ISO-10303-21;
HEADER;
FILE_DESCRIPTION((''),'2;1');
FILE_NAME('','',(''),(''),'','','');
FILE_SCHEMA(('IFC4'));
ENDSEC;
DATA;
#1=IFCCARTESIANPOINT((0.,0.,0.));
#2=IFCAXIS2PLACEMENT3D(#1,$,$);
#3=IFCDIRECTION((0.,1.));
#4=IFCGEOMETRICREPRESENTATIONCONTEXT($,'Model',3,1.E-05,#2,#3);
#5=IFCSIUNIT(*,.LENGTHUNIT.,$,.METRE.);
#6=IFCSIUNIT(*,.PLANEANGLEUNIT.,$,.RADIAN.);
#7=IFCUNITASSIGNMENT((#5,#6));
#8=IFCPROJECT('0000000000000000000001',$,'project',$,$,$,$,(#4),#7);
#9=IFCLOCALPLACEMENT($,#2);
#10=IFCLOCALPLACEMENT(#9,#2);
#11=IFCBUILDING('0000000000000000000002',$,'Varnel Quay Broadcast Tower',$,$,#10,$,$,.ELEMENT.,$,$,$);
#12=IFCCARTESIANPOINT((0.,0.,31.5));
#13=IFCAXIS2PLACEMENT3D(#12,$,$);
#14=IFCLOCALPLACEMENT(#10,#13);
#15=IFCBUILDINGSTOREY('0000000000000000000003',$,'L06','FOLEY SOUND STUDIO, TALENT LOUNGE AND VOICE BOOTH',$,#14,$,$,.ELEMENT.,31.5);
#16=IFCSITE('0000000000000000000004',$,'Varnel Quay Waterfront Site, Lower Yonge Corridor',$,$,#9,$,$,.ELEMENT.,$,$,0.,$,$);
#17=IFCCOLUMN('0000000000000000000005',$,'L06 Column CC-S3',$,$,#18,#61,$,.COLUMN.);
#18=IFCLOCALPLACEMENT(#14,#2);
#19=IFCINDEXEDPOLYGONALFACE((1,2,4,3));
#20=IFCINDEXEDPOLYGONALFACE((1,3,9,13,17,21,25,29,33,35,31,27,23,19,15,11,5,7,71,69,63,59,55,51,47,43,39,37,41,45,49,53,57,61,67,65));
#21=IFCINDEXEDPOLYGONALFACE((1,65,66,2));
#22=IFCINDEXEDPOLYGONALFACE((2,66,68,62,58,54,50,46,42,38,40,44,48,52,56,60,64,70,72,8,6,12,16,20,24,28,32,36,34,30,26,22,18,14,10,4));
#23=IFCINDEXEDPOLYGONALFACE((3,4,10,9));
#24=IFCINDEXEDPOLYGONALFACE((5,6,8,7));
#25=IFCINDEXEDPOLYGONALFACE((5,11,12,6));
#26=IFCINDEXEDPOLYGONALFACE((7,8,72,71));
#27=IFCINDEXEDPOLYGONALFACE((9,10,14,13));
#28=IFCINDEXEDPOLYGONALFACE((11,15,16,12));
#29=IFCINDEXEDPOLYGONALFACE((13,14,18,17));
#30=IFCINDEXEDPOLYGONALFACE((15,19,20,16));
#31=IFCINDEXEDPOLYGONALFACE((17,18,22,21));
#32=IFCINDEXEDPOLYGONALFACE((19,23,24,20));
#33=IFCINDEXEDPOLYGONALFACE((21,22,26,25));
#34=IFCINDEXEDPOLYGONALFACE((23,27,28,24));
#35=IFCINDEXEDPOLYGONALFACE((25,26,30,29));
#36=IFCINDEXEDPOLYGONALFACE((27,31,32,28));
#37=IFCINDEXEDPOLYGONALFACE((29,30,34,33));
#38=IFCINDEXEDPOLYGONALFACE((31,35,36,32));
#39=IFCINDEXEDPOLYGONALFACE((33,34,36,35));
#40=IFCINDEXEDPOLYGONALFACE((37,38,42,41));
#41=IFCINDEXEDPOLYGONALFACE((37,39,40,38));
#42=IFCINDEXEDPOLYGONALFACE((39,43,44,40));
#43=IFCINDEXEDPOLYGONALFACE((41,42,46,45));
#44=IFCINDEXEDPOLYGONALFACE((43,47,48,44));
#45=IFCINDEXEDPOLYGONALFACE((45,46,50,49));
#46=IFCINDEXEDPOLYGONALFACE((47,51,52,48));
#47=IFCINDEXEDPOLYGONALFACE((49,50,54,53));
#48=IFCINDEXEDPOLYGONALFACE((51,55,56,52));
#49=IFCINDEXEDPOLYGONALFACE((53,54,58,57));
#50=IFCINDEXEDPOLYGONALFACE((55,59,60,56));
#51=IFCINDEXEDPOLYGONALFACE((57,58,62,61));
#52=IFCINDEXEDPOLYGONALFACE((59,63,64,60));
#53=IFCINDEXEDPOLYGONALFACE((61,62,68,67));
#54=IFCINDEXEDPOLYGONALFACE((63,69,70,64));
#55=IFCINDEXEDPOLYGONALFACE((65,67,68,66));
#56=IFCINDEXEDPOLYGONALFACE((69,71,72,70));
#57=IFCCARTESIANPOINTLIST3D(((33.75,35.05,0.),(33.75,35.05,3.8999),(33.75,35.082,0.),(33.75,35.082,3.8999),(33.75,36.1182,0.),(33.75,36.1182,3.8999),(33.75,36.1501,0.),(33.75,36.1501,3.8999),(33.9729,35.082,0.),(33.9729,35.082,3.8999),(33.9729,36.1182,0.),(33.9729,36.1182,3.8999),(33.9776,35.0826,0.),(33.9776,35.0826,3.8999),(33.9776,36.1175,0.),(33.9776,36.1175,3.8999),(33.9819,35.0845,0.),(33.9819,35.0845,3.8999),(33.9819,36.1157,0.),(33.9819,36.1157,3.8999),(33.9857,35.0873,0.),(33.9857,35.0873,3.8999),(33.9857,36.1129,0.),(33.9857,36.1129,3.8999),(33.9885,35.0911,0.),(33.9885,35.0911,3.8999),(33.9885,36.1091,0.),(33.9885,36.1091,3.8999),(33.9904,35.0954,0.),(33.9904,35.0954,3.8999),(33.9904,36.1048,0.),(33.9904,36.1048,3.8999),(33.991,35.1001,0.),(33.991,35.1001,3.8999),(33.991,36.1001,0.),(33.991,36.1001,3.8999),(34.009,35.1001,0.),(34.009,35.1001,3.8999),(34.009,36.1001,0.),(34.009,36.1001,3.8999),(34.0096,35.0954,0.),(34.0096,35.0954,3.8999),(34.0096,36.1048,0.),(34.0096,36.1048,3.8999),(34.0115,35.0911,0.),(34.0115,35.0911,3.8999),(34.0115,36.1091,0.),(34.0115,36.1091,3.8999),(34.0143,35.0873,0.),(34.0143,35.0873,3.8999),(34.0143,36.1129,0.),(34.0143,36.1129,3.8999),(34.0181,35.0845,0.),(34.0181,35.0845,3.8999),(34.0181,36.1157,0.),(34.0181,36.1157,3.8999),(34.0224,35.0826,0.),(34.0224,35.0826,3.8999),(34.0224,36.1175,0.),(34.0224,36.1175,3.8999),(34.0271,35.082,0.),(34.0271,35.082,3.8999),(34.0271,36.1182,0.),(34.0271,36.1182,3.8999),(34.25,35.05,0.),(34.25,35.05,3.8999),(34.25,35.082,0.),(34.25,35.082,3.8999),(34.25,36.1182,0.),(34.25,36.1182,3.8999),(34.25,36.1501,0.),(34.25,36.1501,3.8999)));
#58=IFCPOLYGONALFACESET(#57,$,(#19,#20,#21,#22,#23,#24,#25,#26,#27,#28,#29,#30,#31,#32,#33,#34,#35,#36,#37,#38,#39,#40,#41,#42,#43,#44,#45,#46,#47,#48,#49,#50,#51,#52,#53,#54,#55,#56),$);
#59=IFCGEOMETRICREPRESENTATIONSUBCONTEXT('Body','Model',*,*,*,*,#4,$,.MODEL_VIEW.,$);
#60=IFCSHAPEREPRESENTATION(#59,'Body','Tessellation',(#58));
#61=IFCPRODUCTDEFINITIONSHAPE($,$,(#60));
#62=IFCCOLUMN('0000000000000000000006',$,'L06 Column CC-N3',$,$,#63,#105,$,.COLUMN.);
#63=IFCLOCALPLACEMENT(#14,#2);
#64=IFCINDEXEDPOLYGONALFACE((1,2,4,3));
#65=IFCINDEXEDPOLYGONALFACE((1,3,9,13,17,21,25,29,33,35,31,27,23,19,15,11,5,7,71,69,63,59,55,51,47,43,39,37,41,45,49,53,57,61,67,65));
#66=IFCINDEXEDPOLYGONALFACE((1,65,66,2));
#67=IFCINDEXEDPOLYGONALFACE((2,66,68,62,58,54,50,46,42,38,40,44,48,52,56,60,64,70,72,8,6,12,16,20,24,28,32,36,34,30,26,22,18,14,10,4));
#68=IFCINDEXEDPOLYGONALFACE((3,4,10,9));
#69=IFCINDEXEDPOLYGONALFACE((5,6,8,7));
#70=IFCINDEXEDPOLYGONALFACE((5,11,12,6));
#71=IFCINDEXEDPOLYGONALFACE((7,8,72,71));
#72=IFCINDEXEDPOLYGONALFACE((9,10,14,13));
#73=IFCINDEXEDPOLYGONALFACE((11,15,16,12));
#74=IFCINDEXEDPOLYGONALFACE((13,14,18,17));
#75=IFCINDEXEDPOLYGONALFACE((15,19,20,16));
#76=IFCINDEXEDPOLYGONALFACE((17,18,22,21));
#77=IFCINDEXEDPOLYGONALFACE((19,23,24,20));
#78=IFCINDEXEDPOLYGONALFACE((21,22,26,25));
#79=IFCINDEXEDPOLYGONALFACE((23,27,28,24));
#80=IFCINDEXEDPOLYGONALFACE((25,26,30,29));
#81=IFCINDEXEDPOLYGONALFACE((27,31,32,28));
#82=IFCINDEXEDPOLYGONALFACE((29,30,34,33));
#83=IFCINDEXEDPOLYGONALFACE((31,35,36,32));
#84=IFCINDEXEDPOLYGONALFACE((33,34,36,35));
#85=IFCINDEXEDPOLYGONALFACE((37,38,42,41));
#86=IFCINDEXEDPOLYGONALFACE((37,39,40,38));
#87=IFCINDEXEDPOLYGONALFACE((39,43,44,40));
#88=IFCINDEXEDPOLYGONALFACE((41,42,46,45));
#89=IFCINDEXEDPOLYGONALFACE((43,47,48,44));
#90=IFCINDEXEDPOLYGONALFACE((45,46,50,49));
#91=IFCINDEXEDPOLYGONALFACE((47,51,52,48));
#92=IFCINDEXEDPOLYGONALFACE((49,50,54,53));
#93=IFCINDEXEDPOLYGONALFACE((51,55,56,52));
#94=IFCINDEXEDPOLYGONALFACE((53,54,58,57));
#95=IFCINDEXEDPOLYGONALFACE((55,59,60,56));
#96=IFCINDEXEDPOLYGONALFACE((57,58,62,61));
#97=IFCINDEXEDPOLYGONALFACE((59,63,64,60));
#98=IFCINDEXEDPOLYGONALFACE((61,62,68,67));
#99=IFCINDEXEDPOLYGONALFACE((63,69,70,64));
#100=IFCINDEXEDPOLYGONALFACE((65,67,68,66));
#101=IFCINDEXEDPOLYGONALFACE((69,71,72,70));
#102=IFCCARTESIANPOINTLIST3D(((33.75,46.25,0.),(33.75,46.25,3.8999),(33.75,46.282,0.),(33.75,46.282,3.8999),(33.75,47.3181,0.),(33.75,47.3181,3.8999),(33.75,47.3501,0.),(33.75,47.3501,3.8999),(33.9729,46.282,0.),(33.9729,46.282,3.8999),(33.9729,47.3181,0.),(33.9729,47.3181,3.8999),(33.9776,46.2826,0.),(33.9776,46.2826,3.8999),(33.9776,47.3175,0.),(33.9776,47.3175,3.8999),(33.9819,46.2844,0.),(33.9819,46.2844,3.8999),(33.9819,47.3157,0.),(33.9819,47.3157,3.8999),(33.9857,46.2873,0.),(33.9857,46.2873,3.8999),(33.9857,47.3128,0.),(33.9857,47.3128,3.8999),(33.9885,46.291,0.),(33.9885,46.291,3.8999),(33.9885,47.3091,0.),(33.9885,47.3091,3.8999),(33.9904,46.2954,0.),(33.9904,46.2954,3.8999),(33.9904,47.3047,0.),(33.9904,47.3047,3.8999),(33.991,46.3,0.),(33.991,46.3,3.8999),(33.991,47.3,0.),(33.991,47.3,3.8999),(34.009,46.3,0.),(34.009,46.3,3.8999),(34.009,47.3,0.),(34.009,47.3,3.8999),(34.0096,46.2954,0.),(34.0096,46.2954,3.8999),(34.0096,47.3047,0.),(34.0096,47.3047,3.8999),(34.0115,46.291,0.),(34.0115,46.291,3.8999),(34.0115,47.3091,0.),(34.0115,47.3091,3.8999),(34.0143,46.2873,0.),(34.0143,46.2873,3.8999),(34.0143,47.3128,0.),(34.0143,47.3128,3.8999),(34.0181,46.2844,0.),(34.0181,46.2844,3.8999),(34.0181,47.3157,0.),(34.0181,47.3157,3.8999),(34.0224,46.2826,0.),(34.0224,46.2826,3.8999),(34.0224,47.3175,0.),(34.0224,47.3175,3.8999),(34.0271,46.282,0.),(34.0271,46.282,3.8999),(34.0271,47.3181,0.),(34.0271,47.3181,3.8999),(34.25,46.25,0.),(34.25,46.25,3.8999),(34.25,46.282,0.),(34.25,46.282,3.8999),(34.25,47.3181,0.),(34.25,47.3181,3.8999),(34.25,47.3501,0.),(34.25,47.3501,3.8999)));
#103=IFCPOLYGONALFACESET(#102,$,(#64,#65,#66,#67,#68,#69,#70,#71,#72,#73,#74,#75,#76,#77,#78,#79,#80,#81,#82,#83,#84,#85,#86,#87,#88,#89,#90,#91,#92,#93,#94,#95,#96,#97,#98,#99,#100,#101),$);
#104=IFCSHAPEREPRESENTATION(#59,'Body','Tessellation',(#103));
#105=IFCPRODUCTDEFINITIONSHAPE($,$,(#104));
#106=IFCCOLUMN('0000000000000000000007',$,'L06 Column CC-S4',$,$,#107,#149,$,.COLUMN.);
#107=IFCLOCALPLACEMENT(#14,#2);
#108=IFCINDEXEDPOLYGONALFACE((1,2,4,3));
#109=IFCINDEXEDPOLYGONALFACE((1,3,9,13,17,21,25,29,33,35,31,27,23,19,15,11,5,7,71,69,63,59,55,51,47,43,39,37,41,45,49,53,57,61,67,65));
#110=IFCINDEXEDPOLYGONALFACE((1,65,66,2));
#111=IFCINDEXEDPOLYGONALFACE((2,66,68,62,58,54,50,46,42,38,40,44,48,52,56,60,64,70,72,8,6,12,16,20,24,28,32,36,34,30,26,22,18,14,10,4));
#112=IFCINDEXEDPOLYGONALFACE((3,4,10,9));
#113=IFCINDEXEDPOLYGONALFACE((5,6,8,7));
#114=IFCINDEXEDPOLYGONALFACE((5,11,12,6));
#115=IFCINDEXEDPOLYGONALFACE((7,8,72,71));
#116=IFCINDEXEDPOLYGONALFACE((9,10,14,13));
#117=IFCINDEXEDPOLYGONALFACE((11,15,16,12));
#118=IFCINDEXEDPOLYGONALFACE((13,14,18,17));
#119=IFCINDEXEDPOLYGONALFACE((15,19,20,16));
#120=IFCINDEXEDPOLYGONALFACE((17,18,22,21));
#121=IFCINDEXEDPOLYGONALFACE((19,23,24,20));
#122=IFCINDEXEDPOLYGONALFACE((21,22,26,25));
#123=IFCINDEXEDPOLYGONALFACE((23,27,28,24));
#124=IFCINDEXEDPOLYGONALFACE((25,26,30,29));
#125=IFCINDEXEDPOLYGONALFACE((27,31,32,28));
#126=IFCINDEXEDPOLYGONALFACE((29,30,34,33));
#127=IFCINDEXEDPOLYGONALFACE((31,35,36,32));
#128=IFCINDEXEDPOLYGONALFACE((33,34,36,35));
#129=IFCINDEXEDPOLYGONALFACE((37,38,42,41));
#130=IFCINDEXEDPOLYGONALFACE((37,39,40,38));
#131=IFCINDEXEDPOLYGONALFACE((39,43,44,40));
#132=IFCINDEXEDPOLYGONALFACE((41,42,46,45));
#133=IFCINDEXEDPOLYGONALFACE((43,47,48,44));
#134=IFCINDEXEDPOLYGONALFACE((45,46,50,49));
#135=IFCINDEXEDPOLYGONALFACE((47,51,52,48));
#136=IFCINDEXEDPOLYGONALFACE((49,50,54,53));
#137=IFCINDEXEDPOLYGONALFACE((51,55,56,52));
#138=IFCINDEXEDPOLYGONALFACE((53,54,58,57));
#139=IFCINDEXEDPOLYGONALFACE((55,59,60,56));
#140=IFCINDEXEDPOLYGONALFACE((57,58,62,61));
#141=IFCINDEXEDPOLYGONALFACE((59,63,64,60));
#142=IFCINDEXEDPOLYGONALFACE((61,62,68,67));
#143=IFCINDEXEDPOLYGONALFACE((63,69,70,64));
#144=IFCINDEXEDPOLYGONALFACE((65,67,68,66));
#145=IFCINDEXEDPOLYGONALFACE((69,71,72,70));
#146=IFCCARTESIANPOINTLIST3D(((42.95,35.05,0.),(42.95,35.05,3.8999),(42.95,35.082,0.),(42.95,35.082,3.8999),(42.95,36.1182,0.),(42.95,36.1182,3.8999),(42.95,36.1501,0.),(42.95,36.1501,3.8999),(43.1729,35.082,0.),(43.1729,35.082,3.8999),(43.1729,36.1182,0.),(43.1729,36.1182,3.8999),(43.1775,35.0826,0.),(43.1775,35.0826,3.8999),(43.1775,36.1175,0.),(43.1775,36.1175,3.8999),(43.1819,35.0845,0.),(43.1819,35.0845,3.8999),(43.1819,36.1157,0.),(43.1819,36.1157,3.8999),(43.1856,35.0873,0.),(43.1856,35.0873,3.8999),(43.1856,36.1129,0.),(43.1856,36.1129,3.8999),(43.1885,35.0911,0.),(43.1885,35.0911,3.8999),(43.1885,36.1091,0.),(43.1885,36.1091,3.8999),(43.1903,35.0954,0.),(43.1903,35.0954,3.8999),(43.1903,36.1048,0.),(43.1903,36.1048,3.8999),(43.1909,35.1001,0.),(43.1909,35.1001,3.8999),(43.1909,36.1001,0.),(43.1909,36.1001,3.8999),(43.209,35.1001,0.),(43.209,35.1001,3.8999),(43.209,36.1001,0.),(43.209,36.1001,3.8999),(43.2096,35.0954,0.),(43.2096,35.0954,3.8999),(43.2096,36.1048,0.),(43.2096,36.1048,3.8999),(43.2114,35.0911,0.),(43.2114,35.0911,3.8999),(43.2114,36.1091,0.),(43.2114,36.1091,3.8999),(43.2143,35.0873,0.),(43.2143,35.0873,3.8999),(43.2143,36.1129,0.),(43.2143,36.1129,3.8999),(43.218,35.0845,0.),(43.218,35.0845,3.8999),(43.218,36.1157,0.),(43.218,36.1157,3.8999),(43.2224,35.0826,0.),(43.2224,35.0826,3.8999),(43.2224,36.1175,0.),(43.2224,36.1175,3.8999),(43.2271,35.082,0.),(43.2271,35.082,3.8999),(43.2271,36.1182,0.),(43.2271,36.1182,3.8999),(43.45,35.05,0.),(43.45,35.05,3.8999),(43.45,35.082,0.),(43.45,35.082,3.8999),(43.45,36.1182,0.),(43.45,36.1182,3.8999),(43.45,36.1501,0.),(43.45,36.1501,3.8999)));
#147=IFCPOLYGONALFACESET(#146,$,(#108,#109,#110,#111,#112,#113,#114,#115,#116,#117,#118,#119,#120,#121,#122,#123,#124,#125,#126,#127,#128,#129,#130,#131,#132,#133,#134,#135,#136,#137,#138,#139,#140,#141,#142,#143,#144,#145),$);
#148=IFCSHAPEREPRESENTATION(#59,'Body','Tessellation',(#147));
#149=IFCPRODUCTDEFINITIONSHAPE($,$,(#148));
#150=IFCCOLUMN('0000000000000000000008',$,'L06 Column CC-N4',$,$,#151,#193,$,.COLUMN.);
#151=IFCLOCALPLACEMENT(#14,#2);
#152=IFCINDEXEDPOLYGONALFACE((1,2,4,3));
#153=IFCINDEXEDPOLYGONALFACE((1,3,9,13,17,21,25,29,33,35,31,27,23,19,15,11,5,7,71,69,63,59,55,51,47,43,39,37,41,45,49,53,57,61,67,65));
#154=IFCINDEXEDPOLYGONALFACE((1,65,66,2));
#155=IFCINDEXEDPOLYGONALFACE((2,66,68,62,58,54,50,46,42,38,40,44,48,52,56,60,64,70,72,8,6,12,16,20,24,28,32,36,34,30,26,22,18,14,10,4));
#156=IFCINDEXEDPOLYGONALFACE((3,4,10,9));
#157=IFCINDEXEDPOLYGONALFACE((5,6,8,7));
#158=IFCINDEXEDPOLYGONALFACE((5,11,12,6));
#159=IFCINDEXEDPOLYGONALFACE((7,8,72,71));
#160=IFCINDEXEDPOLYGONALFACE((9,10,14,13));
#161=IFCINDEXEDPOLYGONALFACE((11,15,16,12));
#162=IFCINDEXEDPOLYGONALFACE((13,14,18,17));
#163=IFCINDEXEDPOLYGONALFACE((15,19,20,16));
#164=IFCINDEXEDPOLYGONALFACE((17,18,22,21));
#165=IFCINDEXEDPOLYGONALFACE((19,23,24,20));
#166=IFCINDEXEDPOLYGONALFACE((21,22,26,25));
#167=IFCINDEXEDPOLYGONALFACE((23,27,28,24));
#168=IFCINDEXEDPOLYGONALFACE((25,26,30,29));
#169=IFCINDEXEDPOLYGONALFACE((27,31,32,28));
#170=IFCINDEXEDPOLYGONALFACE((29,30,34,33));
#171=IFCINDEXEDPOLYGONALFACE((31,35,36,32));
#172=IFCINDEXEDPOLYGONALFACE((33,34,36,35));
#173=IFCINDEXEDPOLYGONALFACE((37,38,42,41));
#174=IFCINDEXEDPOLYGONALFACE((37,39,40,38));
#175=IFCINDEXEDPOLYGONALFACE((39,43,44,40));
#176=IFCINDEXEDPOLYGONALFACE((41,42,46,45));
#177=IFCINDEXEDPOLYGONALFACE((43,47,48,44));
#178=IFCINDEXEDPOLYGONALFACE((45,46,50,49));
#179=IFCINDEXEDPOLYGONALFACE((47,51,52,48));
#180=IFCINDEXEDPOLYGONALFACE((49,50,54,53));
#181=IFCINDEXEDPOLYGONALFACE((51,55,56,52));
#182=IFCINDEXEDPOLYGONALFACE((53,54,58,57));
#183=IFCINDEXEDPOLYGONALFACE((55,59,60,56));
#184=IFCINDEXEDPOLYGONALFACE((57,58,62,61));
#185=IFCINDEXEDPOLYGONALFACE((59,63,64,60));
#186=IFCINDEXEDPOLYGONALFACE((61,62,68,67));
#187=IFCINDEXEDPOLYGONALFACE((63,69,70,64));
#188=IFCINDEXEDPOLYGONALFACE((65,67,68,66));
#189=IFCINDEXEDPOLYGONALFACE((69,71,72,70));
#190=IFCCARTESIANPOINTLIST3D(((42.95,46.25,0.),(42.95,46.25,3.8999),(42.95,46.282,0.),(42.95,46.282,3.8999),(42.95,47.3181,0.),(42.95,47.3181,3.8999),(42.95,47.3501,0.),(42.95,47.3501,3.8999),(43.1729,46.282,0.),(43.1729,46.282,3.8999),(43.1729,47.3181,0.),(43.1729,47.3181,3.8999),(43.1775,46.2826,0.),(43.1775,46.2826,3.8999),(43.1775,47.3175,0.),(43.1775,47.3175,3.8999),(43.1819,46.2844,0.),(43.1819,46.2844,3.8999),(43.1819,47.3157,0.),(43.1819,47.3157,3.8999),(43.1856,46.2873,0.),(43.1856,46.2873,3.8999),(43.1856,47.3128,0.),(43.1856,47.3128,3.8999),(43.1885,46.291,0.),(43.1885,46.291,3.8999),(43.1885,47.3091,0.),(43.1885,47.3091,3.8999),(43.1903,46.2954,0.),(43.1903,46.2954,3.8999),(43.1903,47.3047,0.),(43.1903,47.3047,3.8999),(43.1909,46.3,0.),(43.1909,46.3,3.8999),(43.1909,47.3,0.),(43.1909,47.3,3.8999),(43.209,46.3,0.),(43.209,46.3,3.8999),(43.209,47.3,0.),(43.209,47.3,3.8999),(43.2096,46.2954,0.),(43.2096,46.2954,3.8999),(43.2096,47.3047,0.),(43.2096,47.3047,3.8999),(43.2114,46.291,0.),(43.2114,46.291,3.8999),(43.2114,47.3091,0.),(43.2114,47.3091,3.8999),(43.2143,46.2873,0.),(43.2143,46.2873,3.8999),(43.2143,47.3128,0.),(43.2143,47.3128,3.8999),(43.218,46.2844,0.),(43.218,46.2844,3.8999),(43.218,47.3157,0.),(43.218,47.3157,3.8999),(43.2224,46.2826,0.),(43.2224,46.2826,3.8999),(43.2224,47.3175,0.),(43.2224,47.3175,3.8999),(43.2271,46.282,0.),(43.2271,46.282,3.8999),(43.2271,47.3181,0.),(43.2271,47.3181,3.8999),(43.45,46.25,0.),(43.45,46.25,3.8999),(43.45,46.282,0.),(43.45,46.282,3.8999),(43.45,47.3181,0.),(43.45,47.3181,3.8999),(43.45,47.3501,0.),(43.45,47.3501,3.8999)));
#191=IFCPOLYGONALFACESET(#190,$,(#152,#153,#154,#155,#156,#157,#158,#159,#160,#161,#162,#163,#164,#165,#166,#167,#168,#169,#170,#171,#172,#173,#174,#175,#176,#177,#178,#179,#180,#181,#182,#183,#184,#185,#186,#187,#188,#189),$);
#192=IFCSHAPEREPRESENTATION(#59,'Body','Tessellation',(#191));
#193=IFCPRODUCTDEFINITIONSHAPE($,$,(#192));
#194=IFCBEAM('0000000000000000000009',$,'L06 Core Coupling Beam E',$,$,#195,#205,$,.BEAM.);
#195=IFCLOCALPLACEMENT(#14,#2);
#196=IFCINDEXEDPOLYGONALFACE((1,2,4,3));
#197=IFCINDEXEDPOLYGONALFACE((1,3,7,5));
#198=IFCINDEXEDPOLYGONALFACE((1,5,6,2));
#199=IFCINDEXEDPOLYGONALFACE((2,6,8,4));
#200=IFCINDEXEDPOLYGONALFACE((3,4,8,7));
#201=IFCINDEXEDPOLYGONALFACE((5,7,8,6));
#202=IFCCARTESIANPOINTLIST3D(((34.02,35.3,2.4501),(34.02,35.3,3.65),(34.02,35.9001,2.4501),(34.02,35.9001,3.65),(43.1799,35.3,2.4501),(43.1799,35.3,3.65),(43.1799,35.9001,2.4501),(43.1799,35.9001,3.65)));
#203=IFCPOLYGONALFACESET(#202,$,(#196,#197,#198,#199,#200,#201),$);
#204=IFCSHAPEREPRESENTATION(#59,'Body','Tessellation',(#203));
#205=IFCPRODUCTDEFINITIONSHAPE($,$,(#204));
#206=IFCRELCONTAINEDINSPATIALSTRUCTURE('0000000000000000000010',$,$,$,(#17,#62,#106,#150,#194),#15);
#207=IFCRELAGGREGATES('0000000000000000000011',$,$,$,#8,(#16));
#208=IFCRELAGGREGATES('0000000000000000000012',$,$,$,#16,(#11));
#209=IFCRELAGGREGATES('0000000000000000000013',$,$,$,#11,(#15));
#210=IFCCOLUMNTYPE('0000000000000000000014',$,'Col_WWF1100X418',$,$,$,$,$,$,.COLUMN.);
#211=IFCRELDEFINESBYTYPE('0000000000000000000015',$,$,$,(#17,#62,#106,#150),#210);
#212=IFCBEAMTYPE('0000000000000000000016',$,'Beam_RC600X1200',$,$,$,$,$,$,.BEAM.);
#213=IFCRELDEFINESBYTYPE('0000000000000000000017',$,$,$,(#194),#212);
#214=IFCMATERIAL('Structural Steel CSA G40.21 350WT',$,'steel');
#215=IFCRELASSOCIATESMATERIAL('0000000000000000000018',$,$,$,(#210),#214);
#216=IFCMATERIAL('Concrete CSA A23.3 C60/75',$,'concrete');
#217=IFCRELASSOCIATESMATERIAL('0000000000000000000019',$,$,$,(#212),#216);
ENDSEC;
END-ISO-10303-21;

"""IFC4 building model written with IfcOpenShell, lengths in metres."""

from ifc_helpers import new_model, si_unit, direction, frame, origin, origin_2d, place, context, subcontext, project, spatial, rectangle, i_section, extrude, source, transform, mapped, material, material_profile, profile_set, type_object, type_shapes, element, save


model = new_model("IFC4")

# Units and contexts
model_context = context("Model", 3, precision=1e-05, world=origin(), true_north=direction((0.0, 1.0)))
body_context = subcontext(model_context, "Body", "Model", "MODEL_VIEW")
ifc_project = project(units=[si_unit("LENGTHUNIT", "METRE"), si_unit("PLANEANGLEUNIT", "RADIAN")], contexts=[model_context])

# Site, building, storey
site_placement = place(None, origin())
site = spatial("IfcSite", under=ifc_project, at=site_placement, Name="Varnel Quay Waterfront Site, Lower Yonge Corridor", CompositionType="ELEMENT", RefElevation=0.0)
building_placement = place(site_placement, origin())
building = spatial("IfcBuilding", under=site, at=building_placement, Name="Varnel Quay Broadcast Tower", CompositionType="ELEMENT")
storey_placement = place(building_placement, frame((0.0, 0.0, 31.5)))
storey = spatial("IfcBuildingStorey", under=building, at=storey_placement, Name="L06", Description="FOLEY SOUND STUDIO, TALENT LOUNGE AND VOICE BOOTH", CompositionType="ELEMENT", Elevation=31.5)

# Columns
ifc_material_1 = material(Name="Structural Steel CSA G40.21 350WT", Category="steel")
ifc_material_profile_1 = material_profile(ifc_material_1, i_section(OverallWidth=0.5, OverallDepth=1.1001, WebThickness=0.0181, FlangeThickness=0.032, FilletRadius=0.0181, at=origin_2d()), Name="WWF1100X418")
ifc_profile_set_1 = profile_set([ifc_material_profile_1], Name="Structural Steel CSA G40.21 350WT")
column_type = type_object("IfcColumnType", Name="Col_WWF1100X418", PredefinedType="COLUMN", material=ifc_profile_set_1)
shared_shape_1 = source(origin(), body_context, "Body", "SweptSolid", [
    extrude(i_section(OverallWidth=0.5, OverallDepth=1.1001, WebThickness=0.0181, FlangeThickness=0.032, FilletRadius=0.0181, at=origin_2d()), origin(), (0.0, 0.0, 1.0), 3.8999),
])
type_shapes(column_type, [shared_shape_1])
for number, where, z_axis, x_axis, name in (
    (1, (34.0, 35.6001, 0.0), (0.0, 0.0, 1.0), (1.0, 0.0, 0.0), "L06 Column CC-S3"),
    (2, (34.0, 46.8, 0.0), (0.0, 0.0, 1.0), (1.0, 0.0, 0.0), "L06 Column CC-N3"),
    (3, (43.2, 35.6001, 0.0), (0.0, 0.0, 1.0), (1.0, 0.0, 0.0), "L06 Column CC-S4"),
    (4, (43.2, 46.8, 0.0), (0.0, 0.0, 1.0), (1.0, 0.0, 0.0), "L06 Column CC-N4"),
):
    element("IfcColumn", number, at=place(storey_placement, frame(where, z_axis=z_axis, x_axis=x_axis)), inside=storey, type_object=column_type, Name=name, PredefinedType="COLUMN", context=body_context, shape_type="MappedRepresentation", body=[
        mapped(shared_shape_1, transform((0.0, 0.0, 0.0), x_axis=(1.0, 0.0, 0.0), y_axis=(0.0, 1.0, 0.0), z_axis=(0.0, 0.0, 1.0), scale=1.0)),
    ])

# Beam
ifc_material_2 = material(Name="Concrete CSA A23.3 C60/75", Category="concrete")
ifc_material_profile_2 = material_profile(ifc_material_2, rectangle(XDim=0.6001, YDim=1.2, at=origin_2d()), Name="RC600X1200")
ifc_profile_set_2 = profile_set([ifc_material_profile_2], Name="Concrete CSA A23.3 C60/75")
beam_type_1 = type_object("IfcBeamType", Name="Beam_RC600X1200", PredefinedType="BEAM", material=ifc_profile_set_2)
shared_shape_2 = source(origin(), body_context, "Body", "SweptSolid", [
    extrude(rectangle(XDim=0.6001, YDim=1.2, at=origin_2d()), origin(), (0.0, 0.0, 1.0), 9.1599),
])
type_shapes(beam_type_1, [shared_shape_2])
beam_1_placement = place(storey_placement, frame((34.02, 35.6001, 3.05), z_axis=(1.0, 0.0, 0.0), x_axis=(0.0, 1.0, 0.0)))
element("IfcBeam", 5, at=beam_1_placement, inside=storey, type_object=beam_type_1, Name="L06 Core Coupling Beam E", PredefinedType="BEAM", context=body_context, shape_type="MappedRepresentation", body=[
    mapped(shared_shape_2, transform((0.0, 0.0, 0.0), x_axis=(1.0, 0.0, 0.0), y_axis=(0.0, 1.0, 0.0), z_axis=(0.0, 0.0, 1.0), scale=1.0)),
])

save(model, "model.ifc")
